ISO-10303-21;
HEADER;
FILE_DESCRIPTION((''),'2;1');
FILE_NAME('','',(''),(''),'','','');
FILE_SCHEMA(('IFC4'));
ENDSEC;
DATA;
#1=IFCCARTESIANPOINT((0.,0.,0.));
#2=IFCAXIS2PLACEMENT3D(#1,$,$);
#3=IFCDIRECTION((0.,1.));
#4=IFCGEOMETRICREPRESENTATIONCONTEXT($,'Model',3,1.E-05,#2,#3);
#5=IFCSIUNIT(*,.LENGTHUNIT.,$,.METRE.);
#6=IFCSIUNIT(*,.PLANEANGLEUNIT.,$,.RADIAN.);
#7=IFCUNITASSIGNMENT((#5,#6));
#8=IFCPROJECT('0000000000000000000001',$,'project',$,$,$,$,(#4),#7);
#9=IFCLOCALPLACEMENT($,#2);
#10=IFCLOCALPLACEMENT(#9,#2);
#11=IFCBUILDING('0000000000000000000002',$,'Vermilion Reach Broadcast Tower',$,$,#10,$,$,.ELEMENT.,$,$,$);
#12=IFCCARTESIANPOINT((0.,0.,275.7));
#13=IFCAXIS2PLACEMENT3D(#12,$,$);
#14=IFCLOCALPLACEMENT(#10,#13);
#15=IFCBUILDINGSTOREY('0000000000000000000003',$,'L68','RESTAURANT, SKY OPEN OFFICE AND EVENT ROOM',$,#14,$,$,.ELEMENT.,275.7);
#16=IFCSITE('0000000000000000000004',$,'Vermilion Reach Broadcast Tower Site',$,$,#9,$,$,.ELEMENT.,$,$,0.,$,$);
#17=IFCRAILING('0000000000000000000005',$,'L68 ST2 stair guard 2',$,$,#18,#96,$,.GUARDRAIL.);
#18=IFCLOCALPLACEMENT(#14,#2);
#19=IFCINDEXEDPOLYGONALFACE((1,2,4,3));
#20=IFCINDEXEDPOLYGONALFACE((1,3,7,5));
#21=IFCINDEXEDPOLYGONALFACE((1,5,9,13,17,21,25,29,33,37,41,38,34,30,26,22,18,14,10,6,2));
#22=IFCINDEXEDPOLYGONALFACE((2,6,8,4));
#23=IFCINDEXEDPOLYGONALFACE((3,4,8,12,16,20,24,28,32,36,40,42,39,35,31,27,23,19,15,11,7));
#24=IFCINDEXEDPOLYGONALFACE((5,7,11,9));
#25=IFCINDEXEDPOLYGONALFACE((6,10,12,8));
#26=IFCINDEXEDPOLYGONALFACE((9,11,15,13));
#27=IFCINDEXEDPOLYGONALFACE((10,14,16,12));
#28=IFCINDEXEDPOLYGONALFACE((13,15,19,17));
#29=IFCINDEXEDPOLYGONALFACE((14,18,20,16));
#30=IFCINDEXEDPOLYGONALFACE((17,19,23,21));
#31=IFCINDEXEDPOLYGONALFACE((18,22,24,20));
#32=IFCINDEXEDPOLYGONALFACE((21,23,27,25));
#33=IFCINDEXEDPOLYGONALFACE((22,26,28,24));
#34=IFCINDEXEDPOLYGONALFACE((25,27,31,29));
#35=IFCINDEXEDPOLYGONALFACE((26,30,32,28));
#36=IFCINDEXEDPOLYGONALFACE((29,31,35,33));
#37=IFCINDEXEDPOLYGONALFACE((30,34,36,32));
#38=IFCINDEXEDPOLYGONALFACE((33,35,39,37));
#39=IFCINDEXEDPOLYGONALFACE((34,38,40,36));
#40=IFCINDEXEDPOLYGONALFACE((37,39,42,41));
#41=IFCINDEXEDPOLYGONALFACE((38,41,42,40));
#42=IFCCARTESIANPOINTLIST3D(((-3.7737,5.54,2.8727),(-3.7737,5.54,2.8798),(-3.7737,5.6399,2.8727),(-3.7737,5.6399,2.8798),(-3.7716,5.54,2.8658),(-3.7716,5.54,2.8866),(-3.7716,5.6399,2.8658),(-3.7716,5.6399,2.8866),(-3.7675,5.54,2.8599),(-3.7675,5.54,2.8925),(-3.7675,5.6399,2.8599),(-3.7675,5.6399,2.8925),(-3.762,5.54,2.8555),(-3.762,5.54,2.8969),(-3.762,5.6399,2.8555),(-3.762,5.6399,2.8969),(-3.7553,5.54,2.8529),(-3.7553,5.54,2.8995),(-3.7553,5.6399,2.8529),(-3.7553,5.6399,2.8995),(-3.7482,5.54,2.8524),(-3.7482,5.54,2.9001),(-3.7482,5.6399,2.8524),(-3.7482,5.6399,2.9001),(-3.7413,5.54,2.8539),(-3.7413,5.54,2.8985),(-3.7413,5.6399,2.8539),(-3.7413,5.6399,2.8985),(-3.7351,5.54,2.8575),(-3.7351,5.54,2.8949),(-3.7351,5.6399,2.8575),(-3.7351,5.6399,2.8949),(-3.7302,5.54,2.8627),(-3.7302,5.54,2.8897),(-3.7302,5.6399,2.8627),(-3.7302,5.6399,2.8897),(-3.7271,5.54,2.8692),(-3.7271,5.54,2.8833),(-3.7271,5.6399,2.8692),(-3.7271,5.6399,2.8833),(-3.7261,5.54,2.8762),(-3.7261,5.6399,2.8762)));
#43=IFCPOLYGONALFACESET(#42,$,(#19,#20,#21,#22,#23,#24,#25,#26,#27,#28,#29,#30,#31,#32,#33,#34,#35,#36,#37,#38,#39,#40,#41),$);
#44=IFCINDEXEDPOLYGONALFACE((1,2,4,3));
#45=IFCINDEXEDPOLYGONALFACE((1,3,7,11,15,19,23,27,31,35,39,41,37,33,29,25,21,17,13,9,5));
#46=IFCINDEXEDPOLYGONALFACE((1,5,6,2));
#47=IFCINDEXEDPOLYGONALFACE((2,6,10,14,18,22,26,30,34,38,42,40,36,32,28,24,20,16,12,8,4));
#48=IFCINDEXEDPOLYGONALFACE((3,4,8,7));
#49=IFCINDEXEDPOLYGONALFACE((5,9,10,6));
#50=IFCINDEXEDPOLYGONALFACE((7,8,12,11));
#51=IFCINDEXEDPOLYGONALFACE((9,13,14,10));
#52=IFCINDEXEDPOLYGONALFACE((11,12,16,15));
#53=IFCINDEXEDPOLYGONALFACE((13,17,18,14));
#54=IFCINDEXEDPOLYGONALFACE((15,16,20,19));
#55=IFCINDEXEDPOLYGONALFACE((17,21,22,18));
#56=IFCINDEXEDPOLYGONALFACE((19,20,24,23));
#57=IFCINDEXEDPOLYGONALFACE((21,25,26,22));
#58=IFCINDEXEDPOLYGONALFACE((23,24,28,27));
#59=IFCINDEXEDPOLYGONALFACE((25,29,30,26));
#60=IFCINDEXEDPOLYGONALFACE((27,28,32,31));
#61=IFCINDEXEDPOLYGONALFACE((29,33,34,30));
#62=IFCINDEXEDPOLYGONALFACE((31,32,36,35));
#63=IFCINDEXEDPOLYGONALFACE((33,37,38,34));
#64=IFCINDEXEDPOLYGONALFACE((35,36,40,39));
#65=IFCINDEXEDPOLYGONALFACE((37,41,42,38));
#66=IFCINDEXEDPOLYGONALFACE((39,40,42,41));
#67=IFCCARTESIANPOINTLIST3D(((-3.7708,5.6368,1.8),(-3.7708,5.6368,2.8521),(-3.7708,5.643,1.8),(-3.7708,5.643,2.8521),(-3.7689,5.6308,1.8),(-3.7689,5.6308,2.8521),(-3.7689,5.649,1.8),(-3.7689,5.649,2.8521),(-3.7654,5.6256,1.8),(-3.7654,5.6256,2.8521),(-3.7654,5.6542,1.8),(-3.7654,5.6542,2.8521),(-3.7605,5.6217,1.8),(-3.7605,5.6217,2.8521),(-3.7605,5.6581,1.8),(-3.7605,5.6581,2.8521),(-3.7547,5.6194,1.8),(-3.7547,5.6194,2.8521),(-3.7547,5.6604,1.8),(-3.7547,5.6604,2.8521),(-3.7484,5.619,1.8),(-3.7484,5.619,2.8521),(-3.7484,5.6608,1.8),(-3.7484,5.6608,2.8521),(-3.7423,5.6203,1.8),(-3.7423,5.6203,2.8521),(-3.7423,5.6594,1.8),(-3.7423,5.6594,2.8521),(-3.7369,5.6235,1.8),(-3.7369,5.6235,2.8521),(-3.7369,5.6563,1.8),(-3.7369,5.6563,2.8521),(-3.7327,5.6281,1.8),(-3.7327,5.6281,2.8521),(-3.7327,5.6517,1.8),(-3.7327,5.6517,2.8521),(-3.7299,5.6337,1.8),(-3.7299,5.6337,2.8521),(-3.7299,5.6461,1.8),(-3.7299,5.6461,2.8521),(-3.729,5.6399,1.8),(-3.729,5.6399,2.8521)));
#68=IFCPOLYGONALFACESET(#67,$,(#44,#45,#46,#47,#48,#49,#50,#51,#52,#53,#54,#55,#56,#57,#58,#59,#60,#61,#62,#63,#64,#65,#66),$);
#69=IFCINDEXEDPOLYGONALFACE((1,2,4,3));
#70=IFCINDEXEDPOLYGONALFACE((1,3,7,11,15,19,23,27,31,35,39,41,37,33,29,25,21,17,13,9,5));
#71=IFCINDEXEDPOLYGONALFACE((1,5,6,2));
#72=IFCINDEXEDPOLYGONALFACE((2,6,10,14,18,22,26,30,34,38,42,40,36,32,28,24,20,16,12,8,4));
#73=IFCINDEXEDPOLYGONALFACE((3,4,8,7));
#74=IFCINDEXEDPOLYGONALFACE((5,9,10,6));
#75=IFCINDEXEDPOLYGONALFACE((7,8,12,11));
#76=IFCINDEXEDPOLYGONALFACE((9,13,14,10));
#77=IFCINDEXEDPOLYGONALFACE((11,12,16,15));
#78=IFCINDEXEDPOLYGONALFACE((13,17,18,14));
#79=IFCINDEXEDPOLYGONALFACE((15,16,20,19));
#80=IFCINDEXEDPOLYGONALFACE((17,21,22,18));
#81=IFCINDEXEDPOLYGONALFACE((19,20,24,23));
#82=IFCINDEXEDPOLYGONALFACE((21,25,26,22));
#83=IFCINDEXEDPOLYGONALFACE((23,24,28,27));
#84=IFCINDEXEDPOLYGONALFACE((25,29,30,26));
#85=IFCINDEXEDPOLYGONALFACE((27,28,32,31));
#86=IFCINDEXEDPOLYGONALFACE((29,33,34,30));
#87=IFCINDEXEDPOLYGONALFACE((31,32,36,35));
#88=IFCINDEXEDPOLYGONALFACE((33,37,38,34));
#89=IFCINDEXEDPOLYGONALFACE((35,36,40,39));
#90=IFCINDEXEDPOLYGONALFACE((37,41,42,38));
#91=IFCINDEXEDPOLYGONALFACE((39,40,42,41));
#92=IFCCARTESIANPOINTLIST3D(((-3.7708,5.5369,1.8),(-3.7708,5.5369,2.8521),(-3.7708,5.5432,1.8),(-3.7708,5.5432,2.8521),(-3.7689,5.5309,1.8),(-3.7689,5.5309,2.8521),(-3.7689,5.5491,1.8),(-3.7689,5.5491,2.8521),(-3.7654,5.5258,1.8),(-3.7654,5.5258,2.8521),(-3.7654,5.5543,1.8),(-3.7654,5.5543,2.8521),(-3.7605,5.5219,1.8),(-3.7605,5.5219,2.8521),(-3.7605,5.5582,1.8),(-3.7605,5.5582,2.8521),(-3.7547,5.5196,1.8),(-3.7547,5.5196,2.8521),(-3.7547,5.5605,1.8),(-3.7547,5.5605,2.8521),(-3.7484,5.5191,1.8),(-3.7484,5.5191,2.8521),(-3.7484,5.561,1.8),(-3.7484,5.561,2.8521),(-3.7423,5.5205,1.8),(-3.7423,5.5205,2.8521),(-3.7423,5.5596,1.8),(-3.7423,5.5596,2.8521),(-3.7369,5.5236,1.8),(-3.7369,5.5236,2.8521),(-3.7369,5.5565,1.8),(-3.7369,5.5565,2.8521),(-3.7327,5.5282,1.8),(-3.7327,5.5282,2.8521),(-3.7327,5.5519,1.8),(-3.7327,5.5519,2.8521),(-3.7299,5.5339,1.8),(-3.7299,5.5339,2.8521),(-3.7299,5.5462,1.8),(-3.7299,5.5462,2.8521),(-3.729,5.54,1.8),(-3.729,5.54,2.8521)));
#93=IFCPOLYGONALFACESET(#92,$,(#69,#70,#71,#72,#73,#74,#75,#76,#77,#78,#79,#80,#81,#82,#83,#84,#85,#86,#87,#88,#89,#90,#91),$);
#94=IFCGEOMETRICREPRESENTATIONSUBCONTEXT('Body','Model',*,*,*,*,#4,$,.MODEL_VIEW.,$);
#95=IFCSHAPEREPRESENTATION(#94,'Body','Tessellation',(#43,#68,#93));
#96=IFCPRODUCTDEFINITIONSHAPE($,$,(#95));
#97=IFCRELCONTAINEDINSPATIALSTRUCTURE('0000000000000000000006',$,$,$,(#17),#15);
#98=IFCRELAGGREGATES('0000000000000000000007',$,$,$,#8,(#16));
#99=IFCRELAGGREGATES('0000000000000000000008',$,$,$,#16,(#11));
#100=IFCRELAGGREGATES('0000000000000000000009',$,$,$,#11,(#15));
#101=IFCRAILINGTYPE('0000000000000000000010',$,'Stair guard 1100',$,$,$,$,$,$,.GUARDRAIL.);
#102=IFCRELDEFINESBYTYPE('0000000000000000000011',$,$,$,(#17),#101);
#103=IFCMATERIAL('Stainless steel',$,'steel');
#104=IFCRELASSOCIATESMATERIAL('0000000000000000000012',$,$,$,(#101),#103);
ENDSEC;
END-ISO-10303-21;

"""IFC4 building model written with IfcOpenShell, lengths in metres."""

from ifc_helpers import new_model, si_unit, direction, frame, origin, origin_2d, place, context, subcontext, project, spatial, circle, extrude, material, type_object, element, save


model = new_model("IFC4")

# Units and contexts
model_context = context("Model", 3, precision=1e-05, world=origin(), true_north=direction((0.0, 1.0)))
body_context = subcontext(model_context, "Body", "Model", "MODEL_VIEW")
ifc_project = project(units=[si_unit("LENGTHUNIT", "METRE"), si_unit("PLANEANGLEUNIT", "RADIAN")], contexts=[model_context])

# Site, building, storey
site_placement = place(None, origin())
site = spatial("IfcSite", under=ifc_project, at=site_placement, Name="Vermilion Reach Broadcast Tower Site", CompositionType="ELEMENT", RefElevation=0.0)
building_placement = place(site_placement, origin())
building = spatial("IfcBuilding", under=site, at=building_placement, Name="Vermilion Reach Broadcast Tower", CompositionType="ELEMENT")
storey_placement = place(building_placement, frame((0.0, 0.0, 275.7)))
storey = spatial("IfcBuildingStorey", under=building, at=storey_placement, Name="L68", Description="RESTAURANT, SKY OPEN OFFICE AND EVENT ROOM", CompositionType="ELEMENT", Elevation=275.7)

# Railing
ifc_material_1 = material(Name="Stainless steel", Category="steel")
railing_type_1 = type_object("IfcRailingType", Name="Stair guard 1100", PredefinedType="GUARDRAIL", material=ifc_material_1)
railing_1_placement = place(storey_placement, frame((-3.75, 5.6399, 1.8)))
element("IfcRailing", 1, at=railing_1_placement, inside=storey, type_object=railing_type_1, Name="L68 ST2 stair guard 2", PredefinedType="GUARDRAIL", context=body_context, shape_type="SweptSolid", body=[
    extrude(circle(Radius=0.0239, at=origin_2d()), frame((0.0, 0.0, 1.0762), z_axis=(0.0, -1.0, 0.0), x_axis=(1.0, 0.0, 0.0)), (0.0, 0.0, 1.0), 0.0999),
    extrude(circle(Radius=0.021, at=origin_2d()), origin(), (0.0, 0.0, 1.0), 1.052),
    extrude(circle(Radius=0.021, at=origin_2d()), frame((0.0, -0.0999, 0.0)), (0.0, 0.0, 1.0), 1.052),
])

save(model, "model.ifc")
